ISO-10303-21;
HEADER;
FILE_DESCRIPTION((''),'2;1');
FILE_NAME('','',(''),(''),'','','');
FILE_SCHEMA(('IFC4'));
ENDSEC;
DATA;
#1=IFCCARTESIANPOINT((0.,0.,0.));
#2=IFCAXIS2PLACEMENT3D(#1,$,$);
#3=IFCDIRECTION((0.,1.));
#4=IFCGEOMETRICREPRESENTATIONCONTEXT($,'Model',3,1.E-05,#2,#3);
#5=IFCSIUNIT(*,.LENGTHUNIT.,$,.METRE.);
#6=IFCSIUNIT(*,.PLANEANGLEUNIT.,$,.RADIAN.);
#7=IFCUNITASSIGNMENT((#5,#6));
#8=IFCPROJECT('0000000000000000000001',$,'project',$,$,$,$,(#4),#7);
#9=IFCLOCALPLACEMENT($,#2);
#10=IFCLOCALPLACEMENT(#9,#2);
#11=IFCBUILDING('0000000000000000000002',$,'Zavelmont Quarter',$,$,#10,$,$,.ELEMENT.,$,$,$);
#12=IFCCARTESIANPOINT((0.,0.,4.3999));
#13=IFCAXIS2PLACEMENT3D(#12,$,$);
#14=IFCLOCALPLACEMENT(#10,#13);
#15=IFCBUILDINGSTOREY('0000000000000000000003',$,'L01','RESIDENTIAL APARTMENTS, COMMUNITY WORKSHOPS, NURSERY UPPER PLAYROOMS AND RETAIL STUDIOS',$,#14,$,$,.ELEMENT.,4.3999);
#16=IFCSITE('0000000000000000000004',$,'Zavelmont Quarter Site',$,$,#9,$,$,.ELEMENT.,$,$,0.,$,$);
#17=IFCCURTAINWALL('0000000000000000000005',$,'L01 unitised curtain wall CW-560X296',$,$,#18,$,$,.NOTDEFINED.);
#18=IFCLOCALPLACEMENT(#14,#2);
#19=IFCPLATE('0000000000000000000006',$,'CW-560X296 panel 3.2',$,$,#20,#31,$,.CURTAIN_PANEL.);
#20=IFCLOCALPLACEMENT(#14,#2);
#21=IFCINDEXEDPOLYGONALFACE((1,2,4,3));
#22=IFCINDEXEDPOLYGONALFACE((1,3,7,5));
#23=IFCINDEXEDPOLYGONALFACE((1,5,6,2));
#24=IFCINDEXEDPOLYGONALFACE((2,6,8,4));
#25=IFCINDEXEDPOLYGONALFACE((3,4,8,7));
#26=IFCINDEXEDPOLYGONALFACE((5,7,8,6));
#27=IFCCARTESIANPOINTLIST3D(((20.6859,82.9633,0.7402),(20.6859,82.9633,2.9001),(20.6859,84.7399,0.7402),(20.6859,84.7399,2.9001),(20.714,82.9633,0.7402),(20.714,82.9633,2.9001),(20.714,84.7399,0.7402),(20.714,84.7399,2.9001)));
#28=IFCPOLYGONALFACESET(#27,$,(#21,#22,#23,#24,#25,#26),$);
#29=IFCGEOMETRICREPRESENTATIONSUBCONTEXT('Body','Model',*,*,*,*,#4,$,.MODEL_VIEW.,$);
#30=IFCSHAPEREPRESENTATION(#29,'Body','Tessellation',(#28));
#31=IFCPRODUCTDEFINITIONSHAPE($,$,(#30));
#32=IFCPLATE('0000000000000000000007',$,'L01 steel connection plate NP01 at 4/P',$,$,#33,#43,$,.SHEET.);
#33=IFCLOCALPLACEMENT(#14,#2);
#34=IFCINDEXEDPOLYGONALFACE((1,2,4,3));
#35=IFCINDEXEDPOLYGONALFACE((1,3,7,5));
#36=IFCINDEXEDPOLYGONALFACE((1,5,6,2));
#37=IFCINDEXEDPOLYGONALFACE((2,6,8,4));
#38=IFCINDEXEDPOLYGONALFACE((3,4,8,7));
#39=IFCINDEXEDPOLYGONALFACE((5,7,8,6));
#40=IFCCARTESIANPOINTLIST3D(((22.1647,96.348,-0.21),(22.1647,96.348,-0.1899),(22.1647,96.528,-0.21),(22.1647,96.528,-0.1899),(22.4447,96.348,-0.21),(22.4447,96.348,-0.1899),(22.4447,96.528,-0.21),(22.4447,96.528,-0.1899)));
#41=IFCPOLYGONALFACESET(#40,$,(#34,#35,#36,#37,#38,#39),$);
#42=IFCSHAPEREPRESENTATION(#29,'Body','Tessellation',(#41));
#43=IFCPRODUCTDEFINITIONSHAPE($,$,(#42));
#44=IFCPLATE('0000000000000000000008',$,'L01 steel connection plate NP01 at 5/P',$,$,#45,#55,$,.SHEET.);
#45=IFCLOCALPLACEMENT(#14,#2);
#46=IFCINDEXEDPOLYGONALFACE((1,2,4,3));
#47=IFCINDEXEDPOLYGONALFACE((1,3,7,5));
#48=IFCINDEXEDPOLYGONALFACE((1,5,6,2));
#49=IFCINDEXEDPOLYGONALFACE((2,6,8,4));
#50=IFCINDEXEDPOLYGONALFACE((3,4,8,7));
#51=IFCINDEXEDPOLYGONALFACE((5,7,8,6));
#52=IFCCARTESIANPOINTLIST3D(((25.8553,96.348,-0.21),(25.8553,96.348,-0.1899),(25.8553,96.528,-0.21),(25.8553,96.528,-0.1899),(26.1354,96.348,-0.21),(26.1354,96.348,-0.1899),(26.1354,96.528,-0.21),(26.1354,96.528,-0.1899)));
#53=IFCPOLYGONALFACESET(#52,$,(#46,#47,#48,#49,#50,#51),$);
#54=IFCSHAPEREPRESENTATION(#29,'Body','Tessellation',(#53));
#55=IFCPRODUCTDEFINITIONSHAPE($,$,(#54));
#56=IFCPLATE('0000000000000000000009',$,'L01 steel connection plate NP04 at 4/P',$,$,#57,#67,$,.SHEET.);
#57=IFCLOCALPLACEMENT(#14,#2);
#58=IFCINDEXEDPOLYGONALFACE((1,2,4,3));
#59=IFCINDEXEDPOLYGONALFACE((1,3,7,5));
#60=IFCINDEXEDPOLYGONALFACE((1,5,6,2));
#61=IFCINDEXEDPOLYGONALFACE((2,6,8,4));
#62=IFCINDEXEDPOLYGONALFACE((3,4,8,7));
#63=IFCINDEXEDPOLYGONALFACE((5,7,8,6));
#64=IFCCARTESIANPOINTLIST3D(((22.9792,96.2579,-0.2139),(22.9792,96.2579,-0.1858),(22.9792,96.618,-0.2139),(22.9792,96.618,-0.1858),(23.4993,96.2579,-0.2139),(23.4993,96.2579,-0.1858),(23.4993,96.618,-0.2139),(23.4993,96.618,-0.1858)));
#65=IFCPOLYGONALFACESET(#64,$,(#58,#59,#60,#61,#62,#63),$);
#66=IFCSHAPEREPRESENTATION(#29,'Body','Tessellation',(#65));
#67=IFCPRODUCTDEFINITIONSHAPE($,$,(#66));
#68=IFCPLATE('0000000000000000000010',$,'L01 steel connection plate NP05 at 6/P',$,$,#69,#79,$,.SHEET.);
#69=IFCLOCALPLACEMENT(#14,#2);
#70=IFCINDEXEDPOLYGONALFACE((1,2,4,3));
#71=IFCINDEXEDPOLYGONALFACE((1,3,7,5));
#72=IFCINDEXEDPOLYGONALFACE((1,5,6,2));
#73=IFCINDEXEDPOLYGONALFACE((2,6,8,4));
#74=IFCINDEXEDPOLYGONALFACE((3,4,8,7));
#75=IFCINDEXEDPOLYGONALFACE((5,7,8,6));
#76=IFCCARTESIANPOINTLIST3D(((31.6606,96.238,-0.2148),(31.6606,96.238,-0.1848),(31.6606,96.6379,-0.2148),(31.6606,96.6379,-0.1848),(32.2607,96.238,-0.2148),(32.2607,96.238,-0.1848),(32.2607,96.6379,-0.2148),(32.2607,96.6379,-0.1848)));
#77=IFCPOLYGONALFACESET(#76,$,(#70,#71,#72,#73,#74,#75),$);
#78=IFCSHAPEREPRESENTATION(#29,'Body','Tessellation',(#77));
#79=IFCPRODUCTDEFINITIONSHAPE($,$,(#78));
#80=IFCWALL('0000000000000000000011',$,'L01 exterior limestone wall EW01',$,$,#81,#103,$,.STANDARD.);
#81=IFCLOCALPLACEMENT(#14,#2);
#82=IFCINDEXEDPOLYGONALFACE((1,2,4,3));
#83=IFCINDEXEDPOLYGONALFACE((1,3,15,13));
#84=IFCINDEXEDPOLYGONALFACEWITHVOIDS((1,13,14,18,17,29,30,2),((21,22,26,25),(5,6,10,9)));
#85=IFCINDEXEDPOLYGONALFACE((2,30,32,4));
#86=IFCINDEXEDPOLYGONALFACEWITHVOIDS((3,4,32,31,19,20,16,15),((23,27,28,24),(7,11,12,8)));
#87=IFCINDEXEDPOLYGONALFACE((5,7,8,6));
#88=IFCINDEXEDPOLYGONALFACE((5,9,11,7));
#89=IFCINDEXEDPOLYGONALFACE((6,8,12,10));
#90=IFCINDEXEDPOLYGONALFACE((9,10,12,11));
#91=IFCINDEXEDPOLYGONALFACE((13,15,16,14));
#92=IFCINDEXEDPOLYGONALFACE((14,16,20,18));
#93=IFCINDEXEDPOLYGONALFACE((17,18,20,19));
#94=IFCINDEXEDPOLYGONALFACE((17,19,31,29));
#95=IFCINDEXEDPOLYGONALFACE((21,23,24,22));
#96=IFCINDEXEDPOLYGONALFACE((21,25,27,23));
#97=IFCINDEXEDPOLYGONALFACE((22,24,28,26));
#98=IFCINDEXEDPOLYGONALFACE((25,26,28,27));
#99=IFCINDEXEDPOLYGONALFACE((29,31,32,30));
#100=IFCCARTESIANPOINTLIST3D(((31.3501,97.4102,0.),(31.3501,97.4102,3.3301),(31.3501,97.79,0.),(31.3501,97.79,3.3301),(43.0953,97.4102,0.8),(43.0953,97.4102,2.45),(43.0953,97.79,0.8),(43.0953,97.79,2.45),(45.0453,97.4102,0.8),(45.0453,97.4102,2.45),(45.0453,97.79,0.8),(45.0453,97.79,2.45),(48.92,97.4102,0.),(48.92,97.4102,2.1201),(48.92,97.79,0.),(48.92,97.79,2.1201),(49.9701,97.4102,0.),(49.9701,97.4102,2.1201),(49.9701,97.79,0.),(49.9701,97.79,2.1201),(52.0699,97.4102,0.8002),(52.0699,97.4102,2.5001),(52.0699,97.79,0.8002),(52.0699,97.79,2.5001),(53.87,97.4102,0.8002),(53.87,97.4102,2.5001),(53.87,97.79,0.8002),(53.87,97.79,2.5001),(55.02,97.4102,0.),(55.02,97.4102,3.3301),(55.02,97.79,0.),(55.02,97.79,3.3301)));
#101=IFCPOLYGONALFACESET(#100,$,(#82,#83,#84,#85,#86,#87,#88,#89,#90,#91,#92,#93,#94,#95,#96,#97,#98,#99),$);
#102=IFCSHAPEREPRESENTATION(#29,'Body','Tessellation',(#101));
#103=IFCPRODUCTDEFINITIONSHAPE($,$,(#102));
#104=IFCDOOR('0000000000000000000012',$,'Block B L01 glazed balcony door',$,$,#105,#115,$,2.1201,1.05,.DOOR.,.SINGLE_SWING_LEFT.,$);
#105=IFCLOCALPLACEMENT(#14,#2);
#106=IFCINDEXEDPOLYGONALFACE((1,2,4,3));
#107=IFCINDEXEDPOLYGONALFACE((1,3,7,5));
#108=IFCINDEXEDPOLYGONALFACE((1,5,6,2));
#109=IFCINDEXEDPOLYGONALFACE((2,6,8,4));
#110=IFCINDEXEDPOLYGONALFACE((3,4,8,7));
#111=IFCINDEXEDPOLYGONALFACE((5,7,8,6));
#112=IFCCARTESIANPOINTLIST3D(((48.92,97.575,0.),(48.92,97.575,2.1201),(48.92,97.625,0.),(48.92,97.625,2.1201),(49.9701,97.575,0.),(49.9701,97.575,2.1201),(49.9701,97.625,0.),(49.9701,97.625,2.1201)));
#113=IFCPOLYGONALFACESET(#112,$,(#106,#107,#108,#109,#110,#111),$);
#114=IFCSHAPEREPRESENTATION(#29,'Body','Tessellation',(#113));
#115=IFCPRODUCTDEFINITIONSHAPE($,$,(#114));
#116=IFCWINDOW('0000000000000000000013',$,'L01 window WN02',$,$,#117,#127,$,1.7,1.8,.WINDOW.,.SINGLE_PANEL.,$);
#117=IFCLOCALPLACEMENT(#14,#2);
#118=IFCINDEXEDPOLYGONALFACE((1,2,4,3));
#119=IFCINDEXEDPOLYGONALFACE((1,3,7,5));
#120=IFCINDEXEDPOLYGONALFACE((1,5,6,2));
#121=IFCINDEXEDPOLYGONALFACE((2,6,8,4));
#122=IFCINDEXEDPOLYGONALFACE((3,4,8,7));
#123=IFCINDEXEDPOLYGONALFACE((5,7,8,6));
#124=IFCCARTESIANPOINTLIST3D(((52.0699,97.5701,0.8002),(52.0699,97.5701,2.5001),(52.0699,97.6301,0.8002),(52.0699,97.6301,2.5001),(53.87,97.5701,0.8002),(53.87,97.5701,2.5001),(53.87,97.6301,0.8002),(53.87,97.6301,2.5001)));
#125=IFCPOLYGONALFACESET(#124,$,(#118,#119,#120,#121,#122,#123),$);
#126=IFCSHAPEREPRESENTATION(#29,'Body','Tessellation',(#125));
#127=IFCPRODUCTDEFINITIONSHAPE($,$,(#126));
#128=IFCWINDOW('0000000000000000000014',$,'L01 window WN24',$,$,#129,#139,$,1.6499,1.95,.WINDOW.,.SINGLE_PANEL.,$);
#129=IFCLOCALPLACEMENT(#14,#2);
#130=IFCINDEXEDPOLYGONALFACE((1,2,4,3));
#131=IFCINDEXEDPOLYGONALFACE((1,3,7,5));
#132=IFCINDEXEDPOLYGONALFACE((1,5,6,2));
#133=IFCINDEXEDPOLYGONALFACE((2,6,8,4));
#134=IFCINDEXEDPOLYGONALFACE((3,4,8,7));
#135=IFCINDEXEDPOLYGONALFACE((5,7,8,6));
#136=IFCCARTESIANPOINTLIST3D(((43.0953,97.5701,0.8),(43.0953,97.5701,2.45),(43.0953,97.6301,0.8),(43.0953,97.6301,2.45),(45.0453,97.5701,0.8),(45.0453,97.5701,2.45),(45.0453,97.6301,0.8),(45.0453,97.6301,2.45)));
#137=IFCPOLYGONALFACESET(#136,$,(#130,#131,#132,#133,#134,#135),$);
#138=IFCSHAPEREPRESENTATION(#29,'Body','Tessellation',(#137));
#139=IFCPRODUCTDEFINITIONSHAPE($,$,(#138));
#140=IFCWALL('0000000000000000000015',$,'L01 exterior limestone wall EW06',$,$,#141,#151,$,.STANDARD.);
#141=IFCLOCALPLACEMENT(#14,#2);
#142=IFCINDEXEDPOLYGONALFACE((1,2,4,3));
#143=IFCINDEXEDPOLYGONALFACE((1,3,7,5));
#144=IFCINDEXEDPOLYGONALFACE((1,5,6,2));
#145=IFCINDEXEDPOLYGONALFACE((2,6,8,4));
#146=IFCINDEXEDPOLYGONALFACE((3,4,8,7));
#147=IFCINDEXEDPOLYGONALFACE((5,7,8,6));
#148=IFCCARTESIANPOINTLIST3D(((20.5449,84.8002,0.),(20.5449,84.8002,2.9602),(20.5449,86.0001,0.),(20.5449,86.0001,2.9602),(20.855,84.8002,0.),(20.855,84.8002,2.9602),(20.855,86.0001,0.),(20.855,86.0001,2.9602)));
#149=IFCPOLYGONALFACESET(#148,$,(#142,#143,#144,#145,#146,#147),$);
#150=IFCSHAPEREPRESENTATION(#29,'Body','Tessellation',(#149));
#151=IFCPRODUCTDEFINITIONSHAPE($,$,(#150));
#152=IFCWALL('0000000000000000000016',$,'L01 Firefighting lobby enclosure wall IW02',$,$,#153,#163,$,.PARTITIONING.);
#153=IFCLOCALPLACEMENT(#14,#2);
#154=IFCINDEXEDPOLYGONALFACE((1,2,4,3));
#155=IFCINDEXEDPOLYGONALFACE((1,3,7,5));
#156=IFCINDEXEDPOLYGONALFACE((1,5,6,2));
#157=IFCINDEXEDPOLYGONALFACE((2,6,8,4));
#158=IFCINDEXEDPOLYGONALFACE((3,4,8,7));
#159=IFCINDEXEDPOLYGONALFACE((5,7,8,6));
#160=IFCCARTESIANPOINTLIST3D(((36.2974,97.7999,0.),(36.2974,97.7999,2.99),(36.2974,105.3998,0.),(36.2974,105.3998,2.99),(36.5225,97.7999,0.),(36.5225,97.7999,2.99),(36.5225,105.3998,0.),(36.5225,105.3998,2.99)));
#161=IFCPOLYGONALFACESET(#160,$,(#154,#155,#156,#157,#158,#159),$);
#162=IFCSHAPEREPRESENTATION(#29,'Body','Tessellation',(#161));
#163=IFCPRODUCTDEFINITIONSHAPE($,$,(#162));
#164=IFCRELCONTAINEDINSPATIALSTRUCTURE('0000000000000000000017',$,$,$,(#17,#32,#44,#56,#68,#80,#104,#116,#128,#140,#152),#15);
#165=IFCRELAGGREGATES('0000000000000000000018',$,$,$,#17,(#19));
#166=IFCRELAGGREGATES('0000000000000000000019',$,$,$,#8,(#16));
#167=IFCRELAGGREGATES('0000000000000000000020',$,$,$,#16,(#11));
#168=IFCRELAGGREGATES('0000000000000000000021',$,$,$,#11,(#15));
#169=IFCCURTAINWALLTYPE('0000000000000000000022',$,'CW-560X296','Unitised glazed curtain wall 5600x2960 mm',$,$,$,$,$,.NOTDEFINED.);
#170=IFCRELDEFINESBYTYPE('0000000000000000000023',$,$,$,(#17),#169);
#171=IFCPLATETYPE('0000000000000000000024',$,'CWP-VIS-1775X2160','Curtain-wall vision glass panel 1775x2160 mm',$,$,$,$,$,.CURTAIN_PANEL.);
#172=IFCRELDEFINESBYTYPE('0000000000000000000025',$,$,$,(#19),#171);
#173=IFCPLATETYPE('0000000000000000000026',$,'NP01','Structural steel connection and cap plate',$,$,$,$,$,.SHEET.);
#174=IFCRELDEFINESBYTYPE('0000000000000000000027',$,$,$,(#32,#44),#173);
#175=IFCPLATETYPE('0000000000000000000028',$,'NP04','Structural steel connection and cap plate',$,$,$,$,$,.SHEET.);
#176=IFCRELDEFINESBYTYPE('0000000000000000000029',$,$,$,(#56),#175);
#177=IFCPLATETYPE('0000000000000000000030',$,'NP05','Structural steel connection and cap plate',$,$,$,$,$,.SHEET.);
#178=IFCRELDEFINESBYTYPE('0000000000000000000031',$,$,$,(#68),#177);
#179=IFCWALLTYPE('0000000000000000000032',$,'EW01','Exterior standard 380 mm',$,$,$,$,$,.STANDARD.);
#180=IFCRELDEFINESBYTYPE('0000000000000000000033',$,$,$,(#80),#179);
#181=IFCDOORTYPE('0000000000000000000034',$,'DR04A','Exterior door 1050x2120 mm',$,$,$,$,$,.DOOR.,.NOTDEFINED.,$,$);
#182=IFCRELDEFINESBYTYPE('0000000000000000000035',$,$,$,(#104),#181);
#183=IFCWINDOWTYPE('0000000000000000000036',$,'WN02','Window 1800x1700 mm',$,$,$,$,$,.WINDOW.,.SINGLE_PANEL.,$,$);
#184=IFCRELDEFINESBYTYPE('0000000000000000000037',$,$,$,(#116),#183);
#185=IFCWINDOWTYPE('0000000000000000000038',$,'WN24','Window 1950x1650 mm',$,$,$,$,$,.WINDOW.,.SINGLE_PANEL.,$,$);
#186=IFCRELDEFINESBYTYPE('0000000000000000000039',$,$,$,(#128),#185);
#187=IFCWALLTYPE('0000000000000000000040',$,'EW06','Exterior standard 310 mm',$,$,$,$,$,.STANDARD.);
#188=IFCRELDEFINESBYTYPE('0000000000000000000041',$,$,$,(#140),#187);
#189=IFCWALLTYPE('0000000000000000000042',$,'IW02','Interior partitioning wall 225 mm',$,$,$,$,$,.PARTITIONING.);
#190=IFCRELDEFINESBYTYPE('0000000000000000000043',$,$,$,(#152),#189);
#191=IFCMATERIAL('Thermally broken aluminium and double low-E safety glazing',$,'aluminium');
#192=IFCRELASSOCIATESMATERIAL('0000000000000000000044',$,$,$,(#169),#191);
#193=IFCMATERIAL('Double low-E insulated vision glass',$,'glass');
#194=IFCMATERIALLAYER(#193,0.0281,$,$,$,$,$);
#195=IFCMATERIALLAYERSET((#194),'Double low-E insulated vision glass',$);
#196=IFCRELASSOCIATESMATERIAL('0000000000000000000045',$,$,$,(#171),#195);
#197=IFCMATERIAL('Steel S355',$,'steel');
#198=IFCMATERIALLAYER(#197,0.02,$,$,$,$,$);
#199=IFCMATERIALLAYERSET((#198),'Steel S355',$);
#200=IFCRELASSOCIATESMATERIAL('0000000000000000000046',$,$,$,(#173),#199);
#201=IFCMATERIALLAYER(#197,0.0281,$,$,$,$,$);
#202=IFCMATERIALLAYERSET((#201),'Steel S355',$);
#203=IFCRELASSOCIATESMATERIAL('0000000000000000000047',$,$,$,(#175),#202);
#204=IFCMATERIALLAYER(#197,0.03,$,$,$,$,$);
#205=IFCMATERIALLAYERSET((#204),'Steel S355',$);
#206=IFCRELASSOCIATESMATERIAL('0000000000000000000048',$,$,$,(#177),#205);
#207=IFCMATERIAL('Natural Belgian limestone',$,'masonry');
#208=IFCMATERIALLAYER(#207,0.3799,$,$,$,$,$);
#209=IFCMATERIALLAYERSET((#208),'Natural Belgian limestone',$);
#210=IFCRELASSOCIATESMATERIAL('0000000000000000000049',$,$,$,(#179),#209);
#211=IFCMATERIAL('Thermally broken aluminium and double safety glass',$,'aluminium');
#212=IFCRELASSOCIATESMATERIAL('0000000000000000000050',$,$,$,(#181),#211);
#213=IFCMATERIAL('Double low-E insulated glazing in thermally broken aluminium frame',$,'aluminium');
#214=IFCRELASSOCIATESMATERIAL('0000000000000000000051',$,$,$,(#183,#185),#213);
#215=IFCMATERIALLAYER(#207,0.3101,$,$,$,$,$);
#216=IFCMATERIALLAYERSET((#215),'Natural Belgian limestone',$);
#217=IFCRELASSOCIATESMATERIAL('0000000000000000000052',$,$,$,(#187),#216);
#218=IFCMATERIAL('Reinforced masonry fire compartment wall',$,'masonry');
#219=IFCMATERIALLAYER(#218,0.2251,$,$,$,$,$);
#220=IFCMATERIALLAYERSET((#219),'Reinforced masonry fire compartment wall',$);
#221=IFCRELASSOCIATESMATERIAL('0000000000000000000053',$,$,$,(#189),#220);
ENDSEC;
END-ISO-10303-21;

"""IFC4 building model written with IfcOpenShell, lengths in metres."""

from ifc_helpers import new_model, si_unit, direction, frame, frame_2d, origin, origin_with_axes, origin_2d, place, context, subcontext, project, spatial, rectangle, extrude, material, layer, layer_set, type_object, element, fill, aggregate, save


model = new_model("IFC4")

# Units and contexts
model_context = context("Model", 3, precision=1e-05, world=origin(), true_north=direction((0.0, 1.0)))
body_context = subcontext(model_context, "Body", "Model", "MODEL_VIEW")
ifc_project = project(units=[si_unit("LENGTHUNIT", "METRE"), si_unit("PLANEANGLEUNIT", "RADIAN")], contexts=[model_context])

# Site, building, storey
site_placement = place(None, origin())
site = spatial("IfcSite", under=ifc_project, at=site_placement, Name="Zavelmont Quarter Site", CompositionType="ELEMENT", RefElevation=0.0)
building_placement = place(site_placement, origin())
building = spatial("IfcBuilding", under=site, at=building_placement, Name="Zavelmont Quarter", CompositionType="ELEMENT")
storey_placement = place(building_placement, frame((0.0, 0.0, 4.3999)))
storey = spatial("IfcBuildingStorey", under=building, at=storey_placement, Name="L01", Description="RESIDENTIAL APARTMENTS, COMMUNITY WORKSHOPS, NURSERY UPPER PLAYROOMS AND RETAIL STUDIOS", CompositionType="ELEMENT", Elevation=4.3999)

# Shared definitions
ifc_material_1 = material(Name="Steel S355", Category="steel")

# Curtain wall
ifc_material_2 = material(Name="Thermally broken aluminium and double low-E safety glazing", Category="aluminium")
curtain_wall_type = type_object("IfcCurtainWallType", Name="CW-560X296", Description="Unitised glazed curtain wall 5600x2960 mm", PredefinedType="NOTDEFINED", material=ifc_material_2)
curtain_wall_placement = place(storey_placement, origin())
curtain_wall = element("IfcCurtainWall", 1, at=curtain_wall_placement, inside=storey, type_object=curtain_wall_type, Name="L01 unitised curtain wall CW-560X296", PredefinedType="NOTDEFINED")

# Plate
ifc_material_3 = material(Name="Double low-E insulated vision glass", Category="glass")
ifc_layer_1 = layer(ifc_material_3, 0.0281)
ifc_layer_set_1 = layer_set([ifc_layer_1], Name="Double low-E insulated vision glass")
plate_type_1 = type_object("IfcPlateType", Name="CWP-VIS-1775X2160", Description="Curtain-wall vision glass panel 1775x2160 mm", PredefinedType="CURTAIN_PANEL", material=ifc_layer_set_1)
plate_1_placement = place(storey_placement, frame((20.7, 83.8516, 0.7402), z_axis=(0.0, 0.0, 1.0), x_axis=(0.0, 1.0, 0.0)))
plate_1 = element("IfcPlate", 2, at=plate_1_placement, type_object=plate_type_1, Name="CW-560X296 panel 3.2", PredefinedType="CURTAIN_PANEL", context=body_context, shape_type="SweptSolid", body=[
    extrude(rectangle(XDim=1.7766, YDim=0.0281, at=origin_2d()), origin(), (0.0, 0.0, 1.0), 2.1599),
])
aggregate(curtain_wall, [plate_1])

# Plates
ifc_layer_2 = layer(ifc_material_1, 0.02)
ifc_layer_set_2 = layer_set([ifc_layer_2], Name="Steel S355")
plate_type_2 = type_object("IfcPlateType", Name="NP01", Description="Structural steel connection and cap plate", PredefinedType="SHEET", material=ifc_layer_set_2)
for number, where, z_axis, x_axis, name in (
    (3, (22.3047, 96.438, -0.21), (0.0, 0.0, 1.0), (1.0, 0.0, 0.0), "L01 steel connection plate NP01 at 4/P"),
    (4, (25.9954, 96.438, -0.21), (0.0, 0.0, 1.0), (1.0, 0.0, 0.0), "L01 steel connection plate NP01 at 5/P"),
):
    element("IfcPlate", number, at=place(storey_placement, frame(where, z_axis=z_axis, x_axis=x_axis)), inside=storey, type_object=plate_type_2, Name=name, PredefinedType="SHEET", context=body_context, shape_type="SweptSolid", body=[
        extrude(rectangle(XDim=0.28, YDim=0.1799, at=origin_2d()), origin(), (0.0, 0.0, 1.0), 0.02),
    ])
ifc_layer_3 = layer(ifc_material_1, 0.0281)
ifc_layer_set_3 = layer_set([ifc_layer_3], Name="Steel S355")
plate_type_3 = type_object("IfcPlateType", Name="NP04", Description="Structural steel connection and cap plate", PredefinedType="SHEET", material=ifc_layer_set_3)
plate_2_placement = place(storey_placement, frame((23.2393, 96.438, -0.2139), z_axis=(0.0, 0.0, 1.0), x_axis=(1.0, 0.0, 0.0)))
element("IfcPlate", 5, at=plate_2_placement, inside=storey, type_object=plate_type_3, Name="L01 steel connection plate NP04 at 4/P", PredefinedType="SHEET", context=body_context, shape_type="SweptSolid", body=[
    extrude(rectangle(XDim=0.52, YDim=0.3601, at=origin_2d()), origin(), (0.0, 0.0, 1.0), 0.0281),
])
ifc_layer_4 = layer(ifc_material_1, 0.03)
ifc_layer_set_4 = layer_set([ifc_layer_4], Name="Steel S355")
plate_type_4 = type_object("IfcPlateType", Name="NP05", Description="Structural steel connection and cap plate", PredefinedType="SHEET", material=ifc_layer_set_4)
plate_3_placement = place(storey_placement, frame((31.9607, 96.438, -0.2148), z_axis=(0.0, 0.0, 1.0), x_axis=(1.0, 0.0, 0.0)))
element("IfcPlate", 6, at=plate_3_placement, inside=storey, type_object=plate_type_4, Name="L01 steel connection plate NP05 at 6/P", PredefinedType="SHEET", context=body_context, shape_type="SweptSolid", body=[
    extrude(rectangle(XDim=0.6001, YDim=0.3999, at=origin_2d()), origin(), (0.0, 0.0, 1.0), 0.03),
])

# Wall, openings, door, windows
ifc_material_4 = material(Name="Natural Belgian limestone", Category="masonry")
ifc_layer_5 = layer(ifc_material_4, 0.3799)
ifc_layer_set_5 = layer_set([ifc_layer_5], Name="Natural Belgian limestone")
wall_type_1 = type_object("IfcWallType", Name="EW01", Description="Exterior standard 380 mm", PredefinedType="STANDARD", material=ifc_layer_set_5)
wall_1_placement = place(storey_placement, frame((31.3501, 97.6001, 0.0), z_axis=(0.0, 0.0, 1.0), x_axis=(1.0, 0.0, 0.0)))
wall_1 = element("IfcWall", 7, at=wall_1_placement, inside=storey, type_object=wall_type_1, Name="L01 exterior limestone wall EW01", PredefinedType="STANDARD", context=body_context, shape_type="SweptSolid", body=[
    extrude(rectangle(XDim=23.6699, YDim=0.3799, at=frame_2d((11.835, 0.0))), origin(), (0.0, 0.0, 1.0), 3.3301),
])
opening_1_placement = place(wall_1_placement, frame((17.5701, 0.0, 0.0)))
opening_1 = element("IfcOpeningElement", 8, at=opening_1_placement, cuts=wall_1, PredefinedType="OPENING", context=body_context, shape_type="SweptSolid", body=[
    extrude(rectangle(XDim=1.05, YDim=2.1201, at=frame_2d((0.5249, 1.0601))), frame((0.0, 0.2019, 0.0), z_axis=(0.0, -1.0, 0.0), x_axis=(1.0, 0.0, 0.0)), (0.0, 0.0, 1.0), 0.4038),
])
opening_2_placement = place(wall_1_placement, frame((11.7451, 0.0, 0.8)))
opening_2 = element("IfcOpeningElement", 9, at=opening_2_placement, cuts=wall_1, PredefinedType="OPENING", context=body_context, shape_type="SweptSolid", body=[
    extrude(rectangle(XDim=1.95, YDim=1.6499, at=frame_2d((0.9751, 0.825))), frame((0.0, 0.2019, 0.0), z_axis=(0.0, -1.0, 0.0), x_axis=(1.0, 0.0, 0.0)), (0.0, 0.0, 1.0), 0.4038),
])
opening_3_placement = place(wall_1_placement, frame((20.72, 0.0, 0.8)))
opening_3 = element("IfcOpeningElement", 10, at=opening_3_placement, cuts=wall_1, PredefinedType="OPENING", context=body_context, shape_type="SweptSolid", body=[
    extrude(rectangle(XDim=1.8, YDim=1.7, at=frame_2d((0.8999, 0.8501))), frame((0.0, 0.2019, 0.0), z_axis=(0.0, -1.0, 0.0), x_axis=(1.0, 0.0, 0.0)), (0.0, 0.0, 1.0), 0.4038),
])
ifc_material_5 = material(Name="Thermally broken aluminium and double safety glass", Category="aluminium")
door_type_1 = type_object("IfcDoorType", Name="DR04A", Description="Exterior door 1050x2120 mm", OperationType="NOTDEFINED", PredefinedType="DOOR", material=ifc_material_5)
door_1_placement = place(opening_1_placement, origin_with_axes())
door_1 = element("IfcDoor", 11, at=door_1_placement, inside=storey, type_object=door_type_1, Name="Block B L01 glazed balcony door", OperationType="SINGLE_SWING_LEFT", OverallHeight=2.1201, OverallWidth=1.05, PredefinedType="DOOR", context=body_context, shape_type="SweptSolid", body=[
    extrude(rectangle(XDim=1.05, YDim=2.1201, at=frame_2d((0.5249, 1.0601))), frame((0.0, 0.0249, 0.0), z_axis=(0.0, -1.0, 0.0), x_axis=(1.0, 0.0, 0.0)), (0.0, 0.0, 1.0), 0.05),
])
fill(opening_1, door_1)
ifc_material_6 = material(Name="Double low-E insulated glazing in thermally broken aluminium frame", Category="aluminium")
window_type_1 = type_object("IfcWindowType", Name="WN02", Description="Window 1800x1700 mm", PartitioningType="SINGLE_PANEL", PredefinedType="WINDOW", material=ifc_material_6)
window_1_placement = place(opening_3_placement, origin_with_axes())
window_1 = element("IfcWindow", 12, at=window_1_placement, inside=storey, type_object=window_type_1, Name="L01 window WN02", OverallHeight=1.7, OverallWidth=1.8, PartitioningType="SINGLE_PANEL", PredefinedType="WINDOW", context=body_context, shape_type="SweptSolid", body=[
    extrude(rectangle(XDim=1.8, YDim=1.7, at=frame_2d((0.8999, 0.8501))), frame((0.0, 0.03, 0.0), z_axis=(0.0, -1.0, 0.0), x_axis=(1.0, 0.0, 0.0)), (0.0, 0.0, 1.0), 0.0601),
])
fill(opening_3, window_1)
window_type_2 = type_object("IfcWindowType", Name="WN24", Description="Window 1950x1650 mm", PartitioningType="SINGLE_PANEL", PredefinedType="WINDOW", material=ifc_material_6)
window_2_placement = place(opening_2_placement, origin_with_axes())
window_2 = element("IfcWindow", 13, at=window_2_placement, inside=storey, type_object=window_type_2, Name="L01 window WN24", OverallHeight=1.6499, OverallWidth=1.95, PartitioningType="SINGLE_PANEL", PredefinedType="WINDOW", context=body_context, shape_type="SweptSolid", body=[
    extrude(rectangle(XDim=1.95, YDim=1.6499, at=frame_2d((0.9751, 0.825))), frame((0.0, 0.03, 0.0), z_axis=(0.0, -1.0, 0.0), x_axis=(1.0, 0.0, 0.0)), (0.0, 0.0, 1.0), 0.0601),
])
fill(opening_2, window_2)

# Walls
ifc_layer_6 = layer(ifc_material_4, 0.3101)
ifc_layer_set_6 = layer_set([ifc_layer_6], Name="Natural Belgian limestone")
wall_type_2 = type_object("IfcWallType", Name="EW06", Description="Exterior standard 310 mm", PredefinedType="STANDARD", material=ifc_layer_set_6)
wall_2_placement = place(storey_placement, frame((20.7, 84.8, 0.0), z_axis=(0.0, 0.0, 1.0), x_axis=(0.0, 1.0, 0.0)))
element("IfcWall", 14, at=wall_2_placement, inside=storey, type_object=wall_type_2, Name="L01 exterior limestone wall EW06", PredefinedType="STANDARD", context=body_context, shape_type="SweptSolid", body=[
    extrude(rectangle(XDim=1.2, YDim=0.3101, at=frame_2d((0.6001, 0.0))), origin(), (0.0, 0.0, 1.0), 2.9602),
])
ifc_material_7 = material(Name="Reinforced masonry fire compartment wall", Category="masonry")
ifc_layer_7 = layer(ifc_material_7, 0.2251)
ifc_layer_set_7 = layer_set([ifc_layer_7], Name="Reinforced masonry fire compartment wall")
wall_type_3 = type_object("IfcWallType", Name="IW02", Description="Interior partitioning wall 225 mm", PredefinedType="PARTITIONING", material=ifc_layer_set_7)
wall_3_placement = place(storey_placement, frame((36.4099, 97.8, 0.0), z_axis=(0.0, 0.0, 1.0), x_axis=(0.0, 1.0, 0.0)))
element("IfcWall", 15, at=wall_3_placement, inside=storey, type_object=wall_type_3, Name="L01 Firefighting lobby enclosure wall IW02", PredefinedType="PARTITIONING", context=body_context, shape_type="SweptSolid", body=[
    extrude(rectangle(XDim=7.5999, YDim=0.2251, at=frame_2d((3.7998, 0.0))), origin(), (0.0, 0.0, 1.0), 2.99),
])

save(model, "model.ifc")
